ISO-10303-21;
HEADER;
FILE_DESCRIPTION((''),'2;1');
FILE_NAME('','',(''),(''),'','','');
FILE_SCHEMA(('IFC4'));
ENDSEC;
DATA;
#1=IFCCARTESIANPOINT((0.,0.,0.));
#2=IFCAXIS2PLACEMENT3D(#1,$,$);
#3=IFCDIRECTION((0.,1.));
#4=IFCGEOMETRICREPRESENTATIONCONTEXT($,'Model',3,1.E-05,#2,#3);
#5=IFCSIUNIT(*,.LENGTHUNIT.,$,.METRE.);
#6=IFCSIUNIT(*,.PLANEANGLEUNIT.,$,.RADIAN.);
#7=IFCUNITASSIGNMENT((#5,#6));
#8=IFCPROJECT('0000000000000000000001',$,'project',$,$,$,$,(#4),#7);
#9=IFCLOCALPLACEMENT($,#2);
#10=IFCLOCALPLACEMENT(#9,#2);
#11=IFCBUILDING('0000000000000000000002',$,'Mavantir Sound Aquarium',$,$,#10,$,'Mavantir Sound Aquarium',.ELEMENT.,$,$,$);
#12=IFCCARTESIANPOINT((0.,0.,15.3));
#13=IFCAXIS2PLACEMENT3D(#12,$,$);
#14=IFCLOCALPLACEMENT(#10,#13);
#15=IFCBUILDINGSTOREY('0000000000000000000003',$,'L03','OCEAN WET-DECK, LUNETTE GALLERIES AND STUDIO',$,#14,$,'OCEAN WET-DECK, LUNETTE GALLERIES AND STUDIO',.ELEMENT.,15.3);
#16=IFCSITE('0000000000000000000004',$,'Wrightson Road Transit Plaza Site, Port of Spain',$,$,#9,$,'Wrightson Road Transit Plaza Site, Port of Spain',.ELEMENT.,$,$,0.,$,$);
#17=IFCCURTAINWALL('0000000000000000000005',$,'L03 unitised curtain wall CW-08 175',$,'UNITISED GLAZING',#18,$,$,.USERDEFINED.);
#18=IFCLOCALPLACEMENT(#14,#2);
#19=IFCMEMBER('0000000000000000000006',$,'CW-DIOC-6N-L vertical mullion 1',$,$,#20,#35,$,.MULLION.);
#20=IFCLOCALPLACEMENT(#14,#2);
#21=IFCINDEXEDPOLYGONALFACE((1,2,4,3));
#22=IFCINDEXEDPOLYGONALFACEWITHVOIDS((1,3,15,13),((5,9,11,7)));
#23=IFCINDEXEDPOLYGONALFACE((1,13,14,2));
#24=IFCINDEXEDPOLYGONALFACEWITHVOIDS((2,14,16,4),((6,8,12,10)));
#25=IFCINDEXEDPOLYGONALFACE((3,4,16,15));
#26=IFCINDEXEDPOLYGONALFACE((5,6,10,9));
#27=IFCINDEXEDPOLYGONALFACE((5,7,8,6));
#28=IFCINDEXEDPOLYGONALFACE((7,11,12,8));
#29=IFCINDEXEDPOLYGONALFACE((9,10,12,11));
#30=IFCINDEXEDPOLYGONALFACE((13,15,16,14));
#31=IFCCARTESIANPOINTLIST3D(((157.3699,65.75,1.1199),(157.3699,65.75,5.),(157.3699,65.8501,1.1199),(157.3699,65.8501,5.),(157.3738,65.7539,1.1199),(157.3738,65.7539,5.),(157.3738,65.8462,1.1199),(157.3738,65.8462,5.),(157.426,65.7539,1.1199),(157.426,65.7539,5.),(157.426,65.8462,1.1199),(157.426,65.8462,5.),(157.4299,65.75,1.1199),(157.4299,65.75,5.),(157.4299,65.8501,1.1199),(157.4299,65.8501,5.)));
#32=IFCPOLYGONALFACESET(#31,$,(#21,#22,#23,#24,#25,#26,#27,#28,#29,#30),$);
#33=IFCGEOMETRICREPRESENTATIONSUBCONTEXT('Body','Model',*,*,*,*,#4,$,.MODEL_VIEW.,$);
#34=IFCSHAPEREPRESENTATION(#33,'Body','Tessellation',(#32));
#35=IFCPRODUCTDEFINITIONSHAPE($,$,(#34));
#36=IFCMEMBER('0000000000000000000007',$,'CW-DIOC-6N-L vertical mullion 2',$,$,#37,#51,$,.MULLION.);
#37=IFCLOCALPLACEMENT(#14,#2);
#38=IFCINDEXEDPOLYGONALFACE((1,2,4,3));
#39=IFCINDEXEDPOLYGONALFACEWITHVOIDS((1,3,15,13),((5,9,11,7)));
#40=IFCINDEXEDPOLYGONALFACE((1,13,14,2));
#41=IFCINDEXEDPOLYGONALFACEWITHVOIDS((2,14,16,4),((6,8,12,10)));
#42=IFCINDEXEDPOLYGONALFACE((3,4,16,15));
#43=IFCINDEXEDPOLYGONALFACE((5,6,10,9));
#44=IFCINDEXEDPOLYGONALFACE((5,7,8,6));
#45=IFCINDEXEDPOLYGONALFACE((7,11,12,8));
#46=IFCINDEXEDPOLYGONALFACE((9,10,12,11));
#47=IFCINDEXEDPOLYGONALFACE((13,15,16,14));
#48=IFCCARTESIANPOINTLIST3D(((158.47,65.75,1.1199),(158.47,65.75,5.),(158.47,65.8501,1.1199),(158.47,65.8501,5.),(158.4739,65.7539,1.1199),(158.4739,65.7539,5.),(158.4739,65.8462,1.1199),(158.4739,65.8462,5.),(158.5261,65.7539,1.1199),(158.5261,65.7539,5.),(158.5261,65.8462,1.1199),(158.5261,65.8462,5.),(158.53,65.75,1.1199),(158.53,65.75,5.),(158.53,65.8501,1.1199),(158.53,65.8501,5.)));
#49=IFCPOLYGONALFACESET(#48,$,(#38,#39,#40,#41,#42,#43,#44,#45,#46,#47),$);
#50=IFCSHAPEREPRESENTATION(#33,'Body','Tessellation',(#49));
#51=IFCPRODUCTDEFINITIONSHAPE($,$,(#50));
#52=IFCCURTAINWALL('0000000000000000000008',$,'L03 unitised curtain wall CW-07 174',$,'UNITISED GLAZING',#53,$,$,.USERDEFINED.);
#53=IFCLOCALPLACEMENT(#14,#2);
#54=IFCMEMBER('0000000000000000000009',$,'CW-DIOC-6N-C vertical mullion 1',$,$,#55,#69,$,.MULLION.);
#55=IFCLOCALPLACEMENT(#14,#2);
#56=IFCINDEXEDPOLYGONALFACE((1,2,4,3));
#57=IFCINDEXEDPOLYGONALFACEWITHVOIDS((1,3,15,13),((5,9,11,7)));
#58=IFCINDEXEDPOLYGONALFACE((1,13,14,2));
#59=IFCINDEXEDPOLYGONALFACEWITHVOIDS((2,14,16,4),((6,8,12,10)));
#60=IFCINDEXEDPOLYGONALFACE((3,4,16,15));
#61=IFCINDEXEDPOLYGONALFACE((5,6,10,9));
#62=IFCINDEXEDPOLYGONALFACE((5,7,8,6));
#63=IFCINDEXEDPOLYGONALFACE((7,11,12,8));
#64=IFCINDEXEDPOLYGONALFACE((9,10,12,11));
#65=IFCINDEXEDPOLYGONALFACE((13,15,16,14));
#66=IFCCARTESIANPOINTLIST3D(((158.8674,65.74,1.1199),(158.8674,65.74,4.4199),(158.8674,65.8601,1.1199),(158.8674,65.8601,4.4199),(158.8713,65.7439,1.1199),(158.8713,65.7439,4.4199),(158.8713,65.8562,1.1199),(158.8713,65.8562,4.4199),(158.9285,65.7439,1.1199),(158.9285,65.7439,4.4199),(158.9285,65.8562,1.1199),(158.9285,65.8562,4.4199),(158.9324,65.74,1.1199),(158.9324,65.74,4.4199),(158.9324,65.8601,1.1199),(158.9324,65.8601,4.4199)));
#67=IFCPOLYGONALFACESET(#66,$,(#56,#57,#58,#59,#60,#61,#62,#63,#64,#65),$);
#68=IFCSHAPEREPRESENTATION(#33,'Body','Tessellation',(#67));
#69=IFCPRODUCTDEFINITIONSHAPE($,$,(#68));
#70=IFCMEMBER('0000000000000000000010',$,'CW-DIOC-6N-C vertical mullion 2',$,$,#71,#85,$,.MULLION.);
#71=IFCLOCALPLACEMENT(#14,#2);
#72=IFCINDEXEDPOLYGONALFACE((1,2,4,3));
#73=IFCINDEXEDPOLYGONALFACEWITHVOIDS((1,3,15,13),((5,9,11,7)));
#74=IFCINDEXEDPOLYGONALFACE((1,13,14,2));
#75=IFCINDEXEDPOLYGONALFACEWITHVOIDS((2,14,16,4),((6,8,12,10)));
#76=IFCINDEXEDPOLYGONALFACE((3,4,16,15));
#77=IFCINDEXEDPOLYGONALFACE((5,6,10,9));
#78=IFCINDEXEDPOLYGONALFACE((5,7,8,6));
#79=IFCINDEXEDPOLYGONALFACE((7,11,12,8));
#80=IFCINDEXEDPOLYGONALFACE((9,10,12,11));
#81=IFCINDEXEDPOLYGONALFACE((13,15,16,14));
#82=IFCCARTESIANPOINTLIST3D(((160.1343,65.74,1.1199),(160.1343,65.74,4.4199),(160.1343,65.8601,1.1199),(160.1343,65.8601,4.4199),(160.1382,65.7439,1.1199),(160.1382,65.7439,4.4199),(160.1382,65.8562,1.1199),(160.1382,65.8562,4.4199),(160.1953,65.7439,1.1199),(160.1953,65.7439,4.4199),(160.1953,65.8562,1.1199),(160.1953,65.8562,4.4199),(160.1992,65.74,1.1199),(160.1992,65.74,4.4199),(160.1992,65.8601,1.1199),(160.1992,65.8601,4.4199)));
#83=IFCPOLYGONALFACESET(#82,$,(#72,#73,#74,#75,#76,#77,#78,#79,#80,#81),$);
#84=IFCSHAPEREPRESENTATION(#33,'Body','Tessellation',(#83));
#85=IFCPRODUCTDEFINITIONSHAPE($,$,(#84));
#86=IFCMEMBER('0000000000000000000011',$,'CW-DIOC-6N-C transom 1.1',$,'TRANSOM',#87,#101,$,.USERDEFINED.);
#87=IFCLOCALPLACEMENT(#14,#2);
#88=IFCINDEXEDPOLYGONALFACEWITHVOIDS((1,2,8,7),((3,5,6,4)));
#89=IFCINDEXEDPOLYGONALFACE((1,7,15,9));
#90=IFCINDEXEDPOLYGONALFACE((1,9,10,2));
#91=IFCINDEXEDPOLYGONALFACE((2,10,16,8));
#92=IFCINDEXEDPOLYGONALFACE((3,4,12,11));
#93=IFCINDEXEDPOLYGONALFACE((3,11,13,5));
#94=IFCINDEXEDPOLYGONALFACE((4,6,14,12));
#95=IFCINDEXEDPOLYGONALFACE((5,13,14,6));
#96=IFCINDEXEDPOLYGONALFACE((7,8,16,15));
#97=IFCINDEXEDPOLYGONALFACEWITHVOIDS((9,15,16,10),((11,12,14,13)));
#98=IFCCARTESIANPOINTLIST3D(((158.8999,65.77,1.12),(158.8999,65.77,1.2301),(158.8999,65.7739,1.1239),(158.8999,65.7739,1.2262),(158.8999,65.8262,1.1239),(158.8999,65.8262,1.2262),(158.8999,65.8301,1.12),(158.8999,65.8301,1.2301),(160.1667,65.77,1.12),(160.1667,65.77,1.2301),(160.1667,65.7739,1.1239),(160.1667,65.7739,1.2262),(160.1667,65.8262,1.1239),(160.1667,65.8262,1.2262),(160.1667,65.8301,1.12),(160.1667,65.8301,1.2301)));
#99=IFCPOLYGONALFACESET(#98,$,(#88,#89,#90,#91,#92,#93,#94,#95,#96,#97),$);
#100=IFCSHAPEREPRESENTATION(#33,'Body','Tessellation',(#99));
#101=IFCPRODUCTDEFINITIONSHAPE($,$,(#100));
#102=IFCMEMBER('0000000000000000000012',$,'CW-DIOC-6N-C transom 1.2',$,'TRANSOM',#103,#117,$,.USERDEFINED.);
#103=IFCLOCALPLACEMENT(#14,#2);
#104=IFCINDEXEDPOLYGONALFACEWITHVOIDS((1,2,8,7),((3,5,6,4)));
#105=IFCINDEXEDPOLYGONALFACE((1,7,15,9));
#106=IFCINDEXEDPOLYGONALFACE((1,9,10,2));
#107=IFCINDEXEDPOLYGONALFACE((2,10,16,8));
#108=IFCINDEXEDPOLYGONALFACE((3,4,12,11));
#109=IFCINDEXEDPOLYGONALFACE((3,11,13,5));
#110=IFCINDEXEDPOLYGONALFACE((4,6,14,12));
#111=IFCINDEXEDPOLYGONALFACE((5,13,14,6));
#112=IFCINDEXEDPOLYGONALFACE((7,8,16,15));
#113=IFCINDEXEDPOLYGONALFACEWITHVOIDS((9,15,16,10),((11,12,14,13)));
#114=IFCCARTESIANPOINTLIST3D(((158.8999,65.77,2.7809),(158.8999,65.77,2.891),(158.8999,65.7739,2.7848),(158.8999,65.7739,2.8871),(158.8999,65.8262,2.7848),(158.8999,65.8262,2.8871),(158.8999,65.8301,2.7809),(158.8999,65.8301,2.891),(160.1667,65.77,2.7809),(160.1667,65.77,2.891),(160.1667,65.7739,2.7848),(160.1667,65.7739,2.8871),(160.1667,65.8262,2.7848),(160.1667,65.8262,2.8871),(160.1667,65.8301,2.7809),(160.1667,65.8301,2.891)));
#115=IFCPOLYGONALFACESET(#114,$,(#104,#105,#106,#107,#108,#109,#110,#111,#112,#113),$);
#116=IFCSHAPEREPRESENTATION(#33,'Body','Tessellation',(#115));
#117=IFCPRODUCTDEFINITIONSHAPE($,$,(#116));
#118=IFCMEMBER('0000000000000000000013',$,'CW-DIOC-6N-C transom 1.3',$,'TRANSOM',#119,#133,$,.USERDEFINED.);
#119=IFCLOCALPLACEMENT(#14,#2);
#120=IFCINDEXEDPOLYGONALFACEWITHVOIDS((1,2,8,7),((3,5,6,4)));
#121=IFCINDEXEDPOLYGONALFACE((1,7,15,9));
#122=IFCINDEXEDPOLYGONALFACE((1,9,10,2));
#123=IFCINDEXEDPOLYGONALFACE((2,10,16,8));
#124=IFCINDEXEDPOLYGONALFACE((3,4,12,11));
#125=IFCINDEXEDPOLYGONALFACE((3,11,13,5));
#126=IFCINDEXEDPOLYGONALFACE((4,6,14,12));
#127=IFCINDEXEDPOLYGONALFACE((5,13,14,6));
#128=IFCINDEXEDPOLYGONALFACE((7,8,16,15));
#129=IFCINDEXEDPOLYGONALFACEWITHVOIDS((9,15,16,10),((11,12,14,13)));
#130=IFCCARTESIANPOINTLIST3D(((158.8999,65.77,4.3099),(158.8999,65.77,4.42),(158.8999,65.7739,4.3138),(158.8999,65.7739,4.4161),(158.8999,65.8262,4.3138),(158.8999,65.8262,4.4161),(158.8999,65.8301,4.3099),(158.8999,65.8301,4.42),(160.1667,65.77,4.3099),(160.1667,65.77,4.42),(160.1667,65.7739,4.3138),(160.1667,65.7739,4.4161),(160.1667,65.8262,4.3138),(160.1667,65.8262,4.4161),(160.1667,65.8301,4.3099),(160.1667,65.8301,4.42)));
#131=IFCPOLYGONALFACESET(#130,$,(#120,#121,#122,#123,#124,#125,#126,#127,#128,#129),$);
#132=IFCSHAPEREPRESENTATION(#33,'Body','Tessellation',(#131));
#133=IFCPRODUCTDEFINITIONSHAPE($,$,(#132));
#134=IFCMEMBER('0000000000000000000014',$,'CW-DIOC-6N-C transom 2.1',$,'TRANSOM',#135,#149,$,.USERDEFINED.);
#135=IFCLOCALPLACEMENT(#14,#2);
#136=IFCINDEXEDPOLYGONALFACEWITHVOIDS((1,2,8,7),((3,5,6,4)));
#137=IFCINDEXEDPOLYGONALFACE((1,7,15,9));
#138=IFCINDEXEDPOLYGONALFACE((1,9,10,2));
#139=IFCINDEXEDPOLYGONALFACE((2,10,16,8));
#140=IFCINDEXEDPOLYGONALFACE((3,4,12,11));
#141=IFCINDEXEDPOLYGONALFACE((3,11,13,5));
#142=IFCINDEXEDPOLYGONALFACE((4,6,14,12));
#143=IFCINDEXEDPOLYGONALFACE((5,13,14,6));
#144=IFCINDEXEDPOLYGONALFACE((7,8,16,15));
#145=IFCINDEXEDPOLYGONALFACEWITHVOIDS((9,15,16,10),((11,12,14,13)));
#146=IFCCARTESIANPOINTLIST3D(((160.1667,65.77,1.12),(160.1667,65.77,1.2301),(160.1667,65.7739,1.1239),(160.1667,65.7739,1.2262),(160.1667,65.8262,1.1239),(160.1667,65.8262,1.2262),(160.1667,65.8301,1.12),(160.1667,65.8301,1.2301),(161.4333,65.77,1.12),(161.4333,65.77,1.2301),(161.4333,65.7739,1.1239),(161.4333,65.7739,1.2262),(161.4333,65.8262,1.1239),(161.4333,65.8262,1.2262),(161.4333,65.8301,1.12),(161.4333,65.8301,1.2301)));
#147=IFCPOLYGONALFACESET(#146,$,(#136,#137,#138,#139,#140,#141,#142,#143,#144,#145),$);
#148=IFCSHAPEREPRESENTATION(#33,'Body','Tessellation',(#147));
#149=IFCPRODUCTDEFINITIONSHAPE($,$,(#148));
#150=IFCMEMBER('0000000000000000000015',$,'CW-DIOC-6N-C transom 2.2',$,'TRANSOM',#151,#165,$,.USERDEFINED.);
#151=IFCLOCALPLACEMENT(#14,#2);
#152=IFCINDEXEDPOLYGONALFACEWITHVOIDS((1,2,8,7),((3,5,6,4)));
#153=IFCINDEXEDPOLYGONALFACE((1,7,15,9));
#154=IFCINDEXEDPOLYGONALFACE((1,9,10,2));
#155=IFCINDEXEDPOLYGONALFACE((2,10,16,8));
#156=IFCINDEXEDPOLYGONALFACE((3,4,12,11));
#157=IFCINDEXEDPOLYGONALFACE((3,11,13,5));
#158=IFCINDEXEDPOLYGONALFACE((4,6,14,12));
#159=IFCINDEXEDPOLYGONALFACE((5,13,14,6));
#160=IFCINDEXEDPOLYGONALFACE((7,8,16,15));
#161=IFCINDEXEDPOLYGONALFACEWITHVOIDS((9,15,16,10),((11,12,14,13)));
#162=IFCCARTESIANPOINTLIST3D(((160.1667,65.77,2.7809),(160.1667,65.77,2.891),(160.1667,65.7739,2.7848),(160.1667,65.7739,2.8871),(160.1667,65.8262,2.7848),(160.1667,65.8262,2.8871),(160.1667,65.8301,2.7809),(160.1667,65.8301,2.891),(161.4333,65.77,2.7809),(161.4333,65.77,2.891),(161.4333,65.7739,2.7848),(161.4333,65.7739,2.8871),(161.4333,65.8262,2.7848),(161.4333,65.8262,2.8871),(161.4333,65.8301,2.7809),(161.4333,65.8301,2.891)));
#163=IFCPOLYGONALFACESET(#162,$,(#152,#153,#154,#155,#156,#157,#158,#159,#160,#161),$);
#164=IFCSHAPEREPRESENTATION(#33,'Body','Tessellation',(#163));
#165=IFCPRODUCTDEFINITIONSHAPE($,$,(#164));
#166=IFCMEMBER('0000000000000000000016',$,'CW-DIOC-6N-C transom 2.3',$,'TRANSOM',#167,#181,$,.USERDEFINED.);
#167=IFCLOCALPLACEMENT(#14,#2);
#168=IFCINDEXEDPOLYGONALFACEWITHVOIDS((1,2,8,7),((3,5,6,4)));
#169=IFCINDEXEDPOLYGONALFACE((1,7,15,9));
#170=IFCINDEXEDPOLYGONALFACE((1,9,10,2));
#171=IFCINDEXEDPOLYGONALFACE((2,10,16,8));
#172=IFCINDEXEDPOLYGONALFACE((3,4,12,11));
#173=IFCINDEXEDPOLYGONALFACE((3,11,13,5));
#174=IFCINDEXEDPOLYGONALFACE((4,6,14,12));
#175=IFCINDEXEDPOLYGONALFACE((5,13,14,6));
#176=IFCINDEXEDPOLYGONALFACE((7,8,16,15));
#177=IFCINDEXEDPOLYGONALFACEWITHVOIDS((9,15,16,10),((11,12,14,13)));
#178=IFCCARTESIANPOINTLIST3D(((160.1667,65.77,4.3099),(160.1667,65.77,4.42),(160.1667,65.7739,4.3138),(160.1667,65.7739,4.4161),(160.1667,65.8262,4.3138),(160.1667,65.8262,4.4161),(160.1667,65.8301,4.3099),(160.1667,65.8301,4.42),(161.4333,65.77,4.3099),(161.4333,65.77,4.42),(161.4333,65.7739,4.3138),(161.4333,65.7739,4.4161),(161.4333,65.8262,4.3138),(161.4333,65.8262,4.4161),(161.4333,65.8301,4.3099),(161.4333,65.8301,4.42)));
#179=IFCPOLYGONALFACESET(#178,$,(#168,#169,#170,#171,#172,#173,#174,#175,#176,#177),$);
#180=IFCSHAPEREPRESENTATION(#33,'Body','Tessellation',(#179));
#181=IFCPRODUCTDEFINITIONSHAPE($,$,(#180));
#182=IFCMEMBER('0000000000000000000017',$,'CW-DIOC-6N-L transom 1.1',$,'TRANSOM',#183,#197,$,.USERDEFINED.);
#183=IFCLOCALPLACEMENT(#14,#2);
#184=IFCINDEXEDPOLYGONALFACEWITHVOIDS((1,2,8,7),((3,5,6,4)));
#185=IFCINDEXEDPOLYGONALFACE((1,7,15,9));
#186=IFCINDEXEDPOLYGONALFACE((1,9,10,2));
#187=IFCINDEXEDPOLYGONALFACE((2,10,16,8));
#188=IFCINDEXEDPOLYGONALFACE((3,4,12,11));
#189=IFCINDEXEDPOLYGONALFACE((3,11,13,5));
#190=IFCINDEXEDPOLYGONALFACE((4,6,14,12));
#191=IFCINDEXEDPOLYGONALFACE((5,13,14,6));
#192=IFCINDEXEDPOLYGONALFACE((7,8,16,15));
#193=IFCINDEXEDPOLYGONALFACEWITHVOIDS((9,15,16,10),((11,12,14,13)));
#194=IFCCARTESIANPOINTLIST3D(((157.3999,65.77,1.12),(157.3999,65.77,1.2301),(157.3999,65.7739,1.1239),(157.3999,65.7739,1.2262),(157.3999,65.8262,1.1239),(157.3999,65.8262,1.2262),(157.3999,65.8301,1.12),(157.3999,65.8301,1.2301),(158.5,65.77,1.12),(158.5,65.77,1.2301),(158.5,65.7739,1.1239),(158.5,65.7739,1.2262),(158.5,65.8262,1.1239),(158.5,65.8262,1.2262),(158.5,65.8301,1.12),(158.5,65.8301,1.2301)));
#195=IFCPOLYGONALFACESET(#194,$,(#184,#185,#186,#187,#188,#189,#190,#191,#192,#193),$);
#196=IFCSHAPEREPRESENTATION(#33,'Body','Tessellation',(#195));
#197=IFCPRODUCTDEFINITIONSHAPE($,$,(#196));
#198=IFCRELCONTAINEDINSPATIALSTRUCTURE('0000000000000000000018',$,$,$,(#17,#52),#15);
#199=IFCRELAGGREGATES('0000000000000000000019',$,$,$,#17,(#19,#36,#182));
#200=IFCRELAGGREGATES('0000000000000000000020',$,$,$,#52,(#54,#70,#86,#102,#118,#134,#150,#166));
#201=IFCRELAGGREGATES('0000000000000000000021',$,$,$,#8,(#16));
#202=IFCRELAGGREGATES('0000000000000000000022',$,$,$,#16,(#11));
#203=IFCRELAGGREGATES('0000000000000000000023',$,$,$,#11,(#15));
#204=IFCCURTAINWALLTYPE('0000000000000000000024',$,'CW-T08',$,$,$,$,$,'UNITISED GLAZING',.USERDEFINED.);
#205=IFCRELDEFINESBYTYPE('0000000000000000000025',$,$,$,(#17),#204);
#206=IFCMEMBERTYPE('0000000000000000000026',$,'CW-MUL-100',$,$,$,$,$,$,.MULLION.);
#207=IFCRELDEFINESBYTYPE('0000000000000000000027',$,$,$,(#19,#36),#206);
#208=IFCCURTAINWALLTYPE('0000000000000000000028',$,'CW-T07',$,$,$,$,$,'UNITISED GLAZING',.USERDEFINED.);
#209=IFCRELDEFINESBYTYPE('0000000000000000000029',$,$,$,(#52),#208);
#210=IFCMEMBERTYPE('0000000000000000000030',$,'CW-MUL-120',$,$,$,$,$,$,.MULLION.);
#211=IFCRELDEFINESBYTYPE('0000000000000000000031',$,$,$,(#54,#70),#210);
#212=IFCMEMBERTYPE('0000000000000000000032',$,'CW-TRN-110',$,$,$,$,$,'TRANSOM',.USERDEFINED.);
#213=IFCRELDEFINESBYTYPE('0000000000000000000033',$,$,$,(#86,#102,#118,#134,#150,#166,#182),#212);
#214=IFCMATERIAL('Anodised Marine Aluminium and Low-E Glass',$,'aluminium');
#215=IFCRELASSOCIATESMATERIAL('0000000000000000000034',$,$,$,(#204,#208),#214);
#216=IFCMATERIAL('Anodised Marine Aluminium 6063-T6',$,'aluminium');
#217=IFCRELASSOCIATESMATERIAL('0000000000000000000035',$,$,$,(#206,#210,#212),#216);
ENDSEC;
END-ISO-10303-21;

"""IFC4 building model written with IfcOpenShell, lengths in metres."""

from ifc_helpers import new_model, si_unit, direction, frame, origin, origin_2d, place, context, subcontext, project, spatial, hollow_rectangle, extrude, material, material_profile, profile_set, type_object, element, aggregate, save


model = new_model("IFC4")

# Units and contexts
model_context = context("Model", 3, precision=1e-05, world=origin(), true_north=direction((0.0, 1.0)))
body_context = subcontext(model_context, "Body", "Model", "MODEL_VIEW")
ifc_project = project(units=[si_unit("LENGTHUNIT", "METRE"), si_unit("PLANEANGLEUNIT", "RADIAN")], contexts=[model_context])

# Site, building, storey
site_placement = place(None, origin())
site = spatial("IfcSite", under=ifc_project, at=site_placement, Name="Wrightson Road Transit Plaza Site, Port of Spain", LongName="Wrightson Road Transit Plaza Site, Port of Spain", CompositionType="ELEMENT", RefElevation=0.0)
building_placement = place(site_placement, origin())
building = spatial("IfcBuilding", under=site, at=building_placement, Name="Mavantir Sound Aquarium", LongName="Mavantir Sound Aquarium", CompositionType="ELEMENT")
storey_placement = place(building_placement, frame((0.0, 0.0, 15.3)))
storey = spatial("IfcBuildingStorey", under=building, at=storey_placement, Name="L03", Description="OCEAN WET-DECK, LUNETTE GALLERIES AND STUDIO", LongName="OCEAN WET-DECK, LUNETTE GALLERIES AND STUDIO", CompositionType="ELEMENT", Elevation=15.3)

# Curtain walls, members
ifc_material_1 = material(Name="Anodised Marine Aluminium and Low-E Glass", Category="aluminium")
curtain_wall_type_1 = type_object("IfcCurtainWallType", Name="CW-T08", ElementType="UNITISED GLAZING", PredefinedType="USERDEFINED", material=ifc_material_1)
curtain_wall_1_placement = place(storey_placement, origin())
curtain_wall_1 = element("IfcCurtainWall", 1, at=curtain_wall_1_placement, inside=storey, type_object=curtain_wall_type_1, Name="L03 unitised curtain wall CW-08 175", ObjectType="UNITISED GLAZING", PredefinedType="USERDEFINED")
ifc_material_2 = material(Name="Anodised Marine Aluminium 6063-T6", Category="aluminium")
ifc_material_profile_1 = material_profile(ifc_material_2, hollow_rectangle(XDim=0.0601, YDim=0.1001, WallThickness=0.0039, at=origin_2d()), Name="ALU-MULLION-100X60")
ifc_profile_set_1 = profile_set([ifc_material_profile_1], Name="Anodised Marine Aluminium 6063-T6")
member_type_1 = type_object("IfcMemberType", Name="CW-MUL-100", PredefinedType="MULLION", material=ifc_profile_set_1)
member_1_placement = place(storey_placement, frame((157.3999, 65.8, 1.1199), z_axis=(0.0, 0.0, 1.0), x_axis=(1.0, 0.0, 0.0)))
member_1 = element("IfcMember", 2, at=member_1_placement, type_object=member_type_1, Name="CW-DIOC-6N-L vertical mullion 1", PredefinedType="MULLION", context=body_context, shape_type="SweptSolid", body=[
    extrude(hollow_rectangle(XDim=0.0601, YDim=0.1001, WallThickness=0.0039, at=origin_2d()), origin(), (0.0, 0.0, 1.0), 3.8801),
])
member_2_placement = place(storey_placement, frame((158.5, 65.8, 1.1199), z_axis=(0.0, 0.0, 1.0), x_axis=(1.0, 0.0, 0.0)))
member_2 = element("IfcMember", 3, at=member_2_placement, type_object=member_type_1, Name="CW-DIOC-6N-L vertical mullion 2", PredefinedType="MULLION", context=body_context, shape_type="SweptSolid", body=[
    extrude(hollow_rectangle(XDim=0.0601, YDim=0.1001, WallThickness=0.0039, at=origin_2d()), origin(), (0.0, 0.0, 1.0), 3.8801),
])
curtain_wall_type_2 = type_object("IfcCurtainWallType", Name="CW-T07", ElementType="UNITISED GLAZING", PredefinedType="USERDEFINED", material=ifc_material_1)
curtain_wall_2_placement = place(storey_placement, origin())
curtain_wall_2 = element("IfcCurtainWall", 4, at=curtain_wall_2_placement, inside=storey, type_object=curtain_wall_type_2, Name="L03 unitised curtain wall CW-07 174", ObjectType="UNITISED GLAZING", PredefinedType="USERDEFINED")
ifc_material_profile_2 = material_profile(ifc_material_2, hollow_rectangle(XDim=0.0649, YDim=0.1201, WallThickness=0.0039, at=origin_2d()), Name="ALU-MULLION-120X65")
ifc_profile_set_2 = profile_set([ifc_material_profile_2], Name="Anodised Marine Aluminium 6063-T6")
member_type_2 = type_object("IfcMemberType", Name="CW-MUL-120", PredefinedType="MULLION", material=ifc_profile_set_2)
member_3_placement = place(storey_placement, frame((158.8999, 65.8, 1.1199), z_axis=(0.0, 0.0, 1.0), x_axis=(1.0, 0.0, 0.0)))
member_3 = element("IfcMember", 5, at=member_3_placement, type_object=member_type_2, Name="CW-DIOC-6N-C vertical mullion 1", PredefinedType="MULLION", context=body_context, shape_type="SweptSolid", body=[
    extrude(hollow_rectangle(XDim=0.0649, YDim=0.1201, WallThickness=0.0039, at=origin_2d()), origin(), (0.0, 0.0, 1.0), 3.3),
])
member_4_placement = place(storey_placement, frame((160.1667, 65.8, 1.1199), z_axis=(0.0, 0.0, 1.0), x_axis=(1.0, 0.0, 0.0)))
member_4 = element("IfcMember", 6, at=member_4_placement, type_object=member_type_2, Name="CW-DIOC-6N-C vertical mullion 2", PredefinedType="MULLION", context=body_context, shape_type="SweptSolid", body=[
    extrude(hollow_rectangle(XDim=0.0649, YDim=0.1201, WallThickness=0.0039, at=origin_2d()), origin(), (0.0, 0.0, 1.0), 3.3),
])
ifc_material_profile_3 = material_profile(ifc_material_2, hollow_rectangle(XDim=0.0601, YDim=0.1101, WallThickness=0.0039, at=origin_2d()), Name="ALU-TRANSOM-110X60")
ifc_profile_set_3 = profile_set([ifc_material_profile_3], Name="Anodised Marine Aluminium 6063-T6")
member_type_3 = type_object("IfcMemberType", Name="CW-TRN-110", ElementType="TRANSOM", PredefinedType="USERDEFINED", material=ifc_profile_set_3)
member_5_placement = place(storey_placement, frame((158.8999, 65.8, 1.175), z_axis=(1.0, 0.0, 0.0), x_axis=(0.0, 1.0, 0.0)))
member_5 = element("IfcMember", 7, at=member_5_placement, type_object=member_type_3, Name="CW-DIOC-6N-C transom 1.1", ObjectType="TRANSOM", PredefinedType="USERDEFINED", context=body_context, shape_type="SweptSolid", body=[
    extrude(hollow_rectangle(XDim=0.0601, YDim=0.1101, WallThickness=0.0039, at=origin_2d()), origin(), (0.0, 0.0, 1.0), 1.2668),
])
member_6_placement = place(storey_placement, frame((158.8999, 65.8, 2.8359), z_axis=(1.0, 0.0, 0.0), x_axis=(0.0, 1.0, 0.0)))
member_6 = element("IfcMember", 8, at=member_6_placement, type_object=member_type_3, Name="CW-DIOC-6N-C transom 1.2", ObjectType="TRANSOM", PredefinedType="USERDEFINED", context=body_context, shape_type="SweptSolid", body=[
    extrude(hollow_rectangle(XDim=0.0601, YDim=0.1101, WallThickness=0.0039, at=origin_2d()), origin(), (0.0, 0.0, 1.0), 1.2668),
])
member_7_placement = place(storey_placement, frame((158.8999, 65.8, 4.365), z_axis=(1.0, 0.0, 0.0), x_axis=(0.0, 1.0, 0.0)))
member_7 = element("IfcMember", 9, at=member_7_placement, type_object=member_type_3, Name="CW-DIOC-6N-C transom 1.3", ObjectType="TRANSOM", PredefinedType="USERDEFINED", context=body_context, shape_type="SweptSolid", body=[
    extrude(hollow_rectangle(XDim=0.0601, YDim=0.1101, WallThickness=0.0039, at=origin_2d()), origin(), (0.0, 0.0, 1.0), 1.2668),
])
member_8_placement = place(storey_placement, frame((160.1667, 65.8, 1.175), z_axis=(1.0, 0.0, 0.0), x_axis=(0.0, 1.0, 0.0)))
member_8 = element("IfcMember", 10, at=member_8_placement, type_object=member_type_3, Name="CW-DIOC-6N-C transom 2.1", ObjectType="TRANSOM", PredefinedType="USERDEFINED", context=body_context, shape_type="SweptSolid", body=[
    extrude(hollow_rectangle(XDim=0.0601, YDim=0.1101, WallThickness=0.0039, at=origin_2d()), origin(), (0.0, 0.0, 1.0), 1.2666),
])
member_9_placement = place(storey_placement, frame((160.1667, 65.8, 2.8359), z_axis=(1.0, 0.0, 0.0), x_axis=(0.0, 1.0, 0.0)))
member_9 = element("IfcMember", 11, at=member_9_placement, type_object=member_type_3, Name="CW-DIOC-6N-C transom 2.2", ObjectType="TRANSOM", PredefinedType="USERDEFINED", context=body_context, shape_type="SweptSolid", body=[
    extrude(hollow_rectangle(XDim=0.0601, YDim=0.1101, WallThickness=0.0039, at=origin_2d()), origin(), (0.0, 0.0, 1.0), 1.2666),
])
member_10_placement = place(storey_placement, frame((160.1667, 65.8, 4.365), z_axis=(1.0, 0.0, 0.0), x_axis=(0.0, 1.0, 0.0)))
member_10 = element("IfcMember", 12, at=member_10_placement, type_object=member_type_3, Name="CW-DIOC-6N-C transom 2.3", ObjectType="TRANSOM", PredefinedType="USERDEFINED", context=body_context, shape_type="SweptSolid", body=[
    extrude(hollow_rectangle(XDim=0.0601, YDim=0.1101, WallThickness=0.0039, at=origin_2d()), origin(), (0.0, 0.0, 1.0), 1.2666),
])

# Member
member_11_placement = place(storey_placement, frame((157.3999, 65.8, 1.175), z_axis=(1.0, 0.0, 0.0), x_axis=(0.0, 1.0, 0.0)))
member_11 = element("IfcMember", 13, at=member_11_placement, type_object=member_type_3, Name="CW-DIOC-6N-L transom 1.1", ObjectType="TRANSOM", PredefinedType="USERDEFINED", context=body_context, shape_type="SweptSolid", body=[
    extrude(hollow_rectangle(XDim=0.0601, YDim=0.1101, WallThickness=0.0039, at=origin_2d()), origin(), (0.0, 0.0, 1.0), 1.1001),
])

aggregate(curtain_wall_1, [member_1, member_2, member_11])
aggregate(curtain_wall_2, [member_3, member_4, member_5, member_6, member_7, member_8, member_9, member_10])

save(model, "model.ifc")
